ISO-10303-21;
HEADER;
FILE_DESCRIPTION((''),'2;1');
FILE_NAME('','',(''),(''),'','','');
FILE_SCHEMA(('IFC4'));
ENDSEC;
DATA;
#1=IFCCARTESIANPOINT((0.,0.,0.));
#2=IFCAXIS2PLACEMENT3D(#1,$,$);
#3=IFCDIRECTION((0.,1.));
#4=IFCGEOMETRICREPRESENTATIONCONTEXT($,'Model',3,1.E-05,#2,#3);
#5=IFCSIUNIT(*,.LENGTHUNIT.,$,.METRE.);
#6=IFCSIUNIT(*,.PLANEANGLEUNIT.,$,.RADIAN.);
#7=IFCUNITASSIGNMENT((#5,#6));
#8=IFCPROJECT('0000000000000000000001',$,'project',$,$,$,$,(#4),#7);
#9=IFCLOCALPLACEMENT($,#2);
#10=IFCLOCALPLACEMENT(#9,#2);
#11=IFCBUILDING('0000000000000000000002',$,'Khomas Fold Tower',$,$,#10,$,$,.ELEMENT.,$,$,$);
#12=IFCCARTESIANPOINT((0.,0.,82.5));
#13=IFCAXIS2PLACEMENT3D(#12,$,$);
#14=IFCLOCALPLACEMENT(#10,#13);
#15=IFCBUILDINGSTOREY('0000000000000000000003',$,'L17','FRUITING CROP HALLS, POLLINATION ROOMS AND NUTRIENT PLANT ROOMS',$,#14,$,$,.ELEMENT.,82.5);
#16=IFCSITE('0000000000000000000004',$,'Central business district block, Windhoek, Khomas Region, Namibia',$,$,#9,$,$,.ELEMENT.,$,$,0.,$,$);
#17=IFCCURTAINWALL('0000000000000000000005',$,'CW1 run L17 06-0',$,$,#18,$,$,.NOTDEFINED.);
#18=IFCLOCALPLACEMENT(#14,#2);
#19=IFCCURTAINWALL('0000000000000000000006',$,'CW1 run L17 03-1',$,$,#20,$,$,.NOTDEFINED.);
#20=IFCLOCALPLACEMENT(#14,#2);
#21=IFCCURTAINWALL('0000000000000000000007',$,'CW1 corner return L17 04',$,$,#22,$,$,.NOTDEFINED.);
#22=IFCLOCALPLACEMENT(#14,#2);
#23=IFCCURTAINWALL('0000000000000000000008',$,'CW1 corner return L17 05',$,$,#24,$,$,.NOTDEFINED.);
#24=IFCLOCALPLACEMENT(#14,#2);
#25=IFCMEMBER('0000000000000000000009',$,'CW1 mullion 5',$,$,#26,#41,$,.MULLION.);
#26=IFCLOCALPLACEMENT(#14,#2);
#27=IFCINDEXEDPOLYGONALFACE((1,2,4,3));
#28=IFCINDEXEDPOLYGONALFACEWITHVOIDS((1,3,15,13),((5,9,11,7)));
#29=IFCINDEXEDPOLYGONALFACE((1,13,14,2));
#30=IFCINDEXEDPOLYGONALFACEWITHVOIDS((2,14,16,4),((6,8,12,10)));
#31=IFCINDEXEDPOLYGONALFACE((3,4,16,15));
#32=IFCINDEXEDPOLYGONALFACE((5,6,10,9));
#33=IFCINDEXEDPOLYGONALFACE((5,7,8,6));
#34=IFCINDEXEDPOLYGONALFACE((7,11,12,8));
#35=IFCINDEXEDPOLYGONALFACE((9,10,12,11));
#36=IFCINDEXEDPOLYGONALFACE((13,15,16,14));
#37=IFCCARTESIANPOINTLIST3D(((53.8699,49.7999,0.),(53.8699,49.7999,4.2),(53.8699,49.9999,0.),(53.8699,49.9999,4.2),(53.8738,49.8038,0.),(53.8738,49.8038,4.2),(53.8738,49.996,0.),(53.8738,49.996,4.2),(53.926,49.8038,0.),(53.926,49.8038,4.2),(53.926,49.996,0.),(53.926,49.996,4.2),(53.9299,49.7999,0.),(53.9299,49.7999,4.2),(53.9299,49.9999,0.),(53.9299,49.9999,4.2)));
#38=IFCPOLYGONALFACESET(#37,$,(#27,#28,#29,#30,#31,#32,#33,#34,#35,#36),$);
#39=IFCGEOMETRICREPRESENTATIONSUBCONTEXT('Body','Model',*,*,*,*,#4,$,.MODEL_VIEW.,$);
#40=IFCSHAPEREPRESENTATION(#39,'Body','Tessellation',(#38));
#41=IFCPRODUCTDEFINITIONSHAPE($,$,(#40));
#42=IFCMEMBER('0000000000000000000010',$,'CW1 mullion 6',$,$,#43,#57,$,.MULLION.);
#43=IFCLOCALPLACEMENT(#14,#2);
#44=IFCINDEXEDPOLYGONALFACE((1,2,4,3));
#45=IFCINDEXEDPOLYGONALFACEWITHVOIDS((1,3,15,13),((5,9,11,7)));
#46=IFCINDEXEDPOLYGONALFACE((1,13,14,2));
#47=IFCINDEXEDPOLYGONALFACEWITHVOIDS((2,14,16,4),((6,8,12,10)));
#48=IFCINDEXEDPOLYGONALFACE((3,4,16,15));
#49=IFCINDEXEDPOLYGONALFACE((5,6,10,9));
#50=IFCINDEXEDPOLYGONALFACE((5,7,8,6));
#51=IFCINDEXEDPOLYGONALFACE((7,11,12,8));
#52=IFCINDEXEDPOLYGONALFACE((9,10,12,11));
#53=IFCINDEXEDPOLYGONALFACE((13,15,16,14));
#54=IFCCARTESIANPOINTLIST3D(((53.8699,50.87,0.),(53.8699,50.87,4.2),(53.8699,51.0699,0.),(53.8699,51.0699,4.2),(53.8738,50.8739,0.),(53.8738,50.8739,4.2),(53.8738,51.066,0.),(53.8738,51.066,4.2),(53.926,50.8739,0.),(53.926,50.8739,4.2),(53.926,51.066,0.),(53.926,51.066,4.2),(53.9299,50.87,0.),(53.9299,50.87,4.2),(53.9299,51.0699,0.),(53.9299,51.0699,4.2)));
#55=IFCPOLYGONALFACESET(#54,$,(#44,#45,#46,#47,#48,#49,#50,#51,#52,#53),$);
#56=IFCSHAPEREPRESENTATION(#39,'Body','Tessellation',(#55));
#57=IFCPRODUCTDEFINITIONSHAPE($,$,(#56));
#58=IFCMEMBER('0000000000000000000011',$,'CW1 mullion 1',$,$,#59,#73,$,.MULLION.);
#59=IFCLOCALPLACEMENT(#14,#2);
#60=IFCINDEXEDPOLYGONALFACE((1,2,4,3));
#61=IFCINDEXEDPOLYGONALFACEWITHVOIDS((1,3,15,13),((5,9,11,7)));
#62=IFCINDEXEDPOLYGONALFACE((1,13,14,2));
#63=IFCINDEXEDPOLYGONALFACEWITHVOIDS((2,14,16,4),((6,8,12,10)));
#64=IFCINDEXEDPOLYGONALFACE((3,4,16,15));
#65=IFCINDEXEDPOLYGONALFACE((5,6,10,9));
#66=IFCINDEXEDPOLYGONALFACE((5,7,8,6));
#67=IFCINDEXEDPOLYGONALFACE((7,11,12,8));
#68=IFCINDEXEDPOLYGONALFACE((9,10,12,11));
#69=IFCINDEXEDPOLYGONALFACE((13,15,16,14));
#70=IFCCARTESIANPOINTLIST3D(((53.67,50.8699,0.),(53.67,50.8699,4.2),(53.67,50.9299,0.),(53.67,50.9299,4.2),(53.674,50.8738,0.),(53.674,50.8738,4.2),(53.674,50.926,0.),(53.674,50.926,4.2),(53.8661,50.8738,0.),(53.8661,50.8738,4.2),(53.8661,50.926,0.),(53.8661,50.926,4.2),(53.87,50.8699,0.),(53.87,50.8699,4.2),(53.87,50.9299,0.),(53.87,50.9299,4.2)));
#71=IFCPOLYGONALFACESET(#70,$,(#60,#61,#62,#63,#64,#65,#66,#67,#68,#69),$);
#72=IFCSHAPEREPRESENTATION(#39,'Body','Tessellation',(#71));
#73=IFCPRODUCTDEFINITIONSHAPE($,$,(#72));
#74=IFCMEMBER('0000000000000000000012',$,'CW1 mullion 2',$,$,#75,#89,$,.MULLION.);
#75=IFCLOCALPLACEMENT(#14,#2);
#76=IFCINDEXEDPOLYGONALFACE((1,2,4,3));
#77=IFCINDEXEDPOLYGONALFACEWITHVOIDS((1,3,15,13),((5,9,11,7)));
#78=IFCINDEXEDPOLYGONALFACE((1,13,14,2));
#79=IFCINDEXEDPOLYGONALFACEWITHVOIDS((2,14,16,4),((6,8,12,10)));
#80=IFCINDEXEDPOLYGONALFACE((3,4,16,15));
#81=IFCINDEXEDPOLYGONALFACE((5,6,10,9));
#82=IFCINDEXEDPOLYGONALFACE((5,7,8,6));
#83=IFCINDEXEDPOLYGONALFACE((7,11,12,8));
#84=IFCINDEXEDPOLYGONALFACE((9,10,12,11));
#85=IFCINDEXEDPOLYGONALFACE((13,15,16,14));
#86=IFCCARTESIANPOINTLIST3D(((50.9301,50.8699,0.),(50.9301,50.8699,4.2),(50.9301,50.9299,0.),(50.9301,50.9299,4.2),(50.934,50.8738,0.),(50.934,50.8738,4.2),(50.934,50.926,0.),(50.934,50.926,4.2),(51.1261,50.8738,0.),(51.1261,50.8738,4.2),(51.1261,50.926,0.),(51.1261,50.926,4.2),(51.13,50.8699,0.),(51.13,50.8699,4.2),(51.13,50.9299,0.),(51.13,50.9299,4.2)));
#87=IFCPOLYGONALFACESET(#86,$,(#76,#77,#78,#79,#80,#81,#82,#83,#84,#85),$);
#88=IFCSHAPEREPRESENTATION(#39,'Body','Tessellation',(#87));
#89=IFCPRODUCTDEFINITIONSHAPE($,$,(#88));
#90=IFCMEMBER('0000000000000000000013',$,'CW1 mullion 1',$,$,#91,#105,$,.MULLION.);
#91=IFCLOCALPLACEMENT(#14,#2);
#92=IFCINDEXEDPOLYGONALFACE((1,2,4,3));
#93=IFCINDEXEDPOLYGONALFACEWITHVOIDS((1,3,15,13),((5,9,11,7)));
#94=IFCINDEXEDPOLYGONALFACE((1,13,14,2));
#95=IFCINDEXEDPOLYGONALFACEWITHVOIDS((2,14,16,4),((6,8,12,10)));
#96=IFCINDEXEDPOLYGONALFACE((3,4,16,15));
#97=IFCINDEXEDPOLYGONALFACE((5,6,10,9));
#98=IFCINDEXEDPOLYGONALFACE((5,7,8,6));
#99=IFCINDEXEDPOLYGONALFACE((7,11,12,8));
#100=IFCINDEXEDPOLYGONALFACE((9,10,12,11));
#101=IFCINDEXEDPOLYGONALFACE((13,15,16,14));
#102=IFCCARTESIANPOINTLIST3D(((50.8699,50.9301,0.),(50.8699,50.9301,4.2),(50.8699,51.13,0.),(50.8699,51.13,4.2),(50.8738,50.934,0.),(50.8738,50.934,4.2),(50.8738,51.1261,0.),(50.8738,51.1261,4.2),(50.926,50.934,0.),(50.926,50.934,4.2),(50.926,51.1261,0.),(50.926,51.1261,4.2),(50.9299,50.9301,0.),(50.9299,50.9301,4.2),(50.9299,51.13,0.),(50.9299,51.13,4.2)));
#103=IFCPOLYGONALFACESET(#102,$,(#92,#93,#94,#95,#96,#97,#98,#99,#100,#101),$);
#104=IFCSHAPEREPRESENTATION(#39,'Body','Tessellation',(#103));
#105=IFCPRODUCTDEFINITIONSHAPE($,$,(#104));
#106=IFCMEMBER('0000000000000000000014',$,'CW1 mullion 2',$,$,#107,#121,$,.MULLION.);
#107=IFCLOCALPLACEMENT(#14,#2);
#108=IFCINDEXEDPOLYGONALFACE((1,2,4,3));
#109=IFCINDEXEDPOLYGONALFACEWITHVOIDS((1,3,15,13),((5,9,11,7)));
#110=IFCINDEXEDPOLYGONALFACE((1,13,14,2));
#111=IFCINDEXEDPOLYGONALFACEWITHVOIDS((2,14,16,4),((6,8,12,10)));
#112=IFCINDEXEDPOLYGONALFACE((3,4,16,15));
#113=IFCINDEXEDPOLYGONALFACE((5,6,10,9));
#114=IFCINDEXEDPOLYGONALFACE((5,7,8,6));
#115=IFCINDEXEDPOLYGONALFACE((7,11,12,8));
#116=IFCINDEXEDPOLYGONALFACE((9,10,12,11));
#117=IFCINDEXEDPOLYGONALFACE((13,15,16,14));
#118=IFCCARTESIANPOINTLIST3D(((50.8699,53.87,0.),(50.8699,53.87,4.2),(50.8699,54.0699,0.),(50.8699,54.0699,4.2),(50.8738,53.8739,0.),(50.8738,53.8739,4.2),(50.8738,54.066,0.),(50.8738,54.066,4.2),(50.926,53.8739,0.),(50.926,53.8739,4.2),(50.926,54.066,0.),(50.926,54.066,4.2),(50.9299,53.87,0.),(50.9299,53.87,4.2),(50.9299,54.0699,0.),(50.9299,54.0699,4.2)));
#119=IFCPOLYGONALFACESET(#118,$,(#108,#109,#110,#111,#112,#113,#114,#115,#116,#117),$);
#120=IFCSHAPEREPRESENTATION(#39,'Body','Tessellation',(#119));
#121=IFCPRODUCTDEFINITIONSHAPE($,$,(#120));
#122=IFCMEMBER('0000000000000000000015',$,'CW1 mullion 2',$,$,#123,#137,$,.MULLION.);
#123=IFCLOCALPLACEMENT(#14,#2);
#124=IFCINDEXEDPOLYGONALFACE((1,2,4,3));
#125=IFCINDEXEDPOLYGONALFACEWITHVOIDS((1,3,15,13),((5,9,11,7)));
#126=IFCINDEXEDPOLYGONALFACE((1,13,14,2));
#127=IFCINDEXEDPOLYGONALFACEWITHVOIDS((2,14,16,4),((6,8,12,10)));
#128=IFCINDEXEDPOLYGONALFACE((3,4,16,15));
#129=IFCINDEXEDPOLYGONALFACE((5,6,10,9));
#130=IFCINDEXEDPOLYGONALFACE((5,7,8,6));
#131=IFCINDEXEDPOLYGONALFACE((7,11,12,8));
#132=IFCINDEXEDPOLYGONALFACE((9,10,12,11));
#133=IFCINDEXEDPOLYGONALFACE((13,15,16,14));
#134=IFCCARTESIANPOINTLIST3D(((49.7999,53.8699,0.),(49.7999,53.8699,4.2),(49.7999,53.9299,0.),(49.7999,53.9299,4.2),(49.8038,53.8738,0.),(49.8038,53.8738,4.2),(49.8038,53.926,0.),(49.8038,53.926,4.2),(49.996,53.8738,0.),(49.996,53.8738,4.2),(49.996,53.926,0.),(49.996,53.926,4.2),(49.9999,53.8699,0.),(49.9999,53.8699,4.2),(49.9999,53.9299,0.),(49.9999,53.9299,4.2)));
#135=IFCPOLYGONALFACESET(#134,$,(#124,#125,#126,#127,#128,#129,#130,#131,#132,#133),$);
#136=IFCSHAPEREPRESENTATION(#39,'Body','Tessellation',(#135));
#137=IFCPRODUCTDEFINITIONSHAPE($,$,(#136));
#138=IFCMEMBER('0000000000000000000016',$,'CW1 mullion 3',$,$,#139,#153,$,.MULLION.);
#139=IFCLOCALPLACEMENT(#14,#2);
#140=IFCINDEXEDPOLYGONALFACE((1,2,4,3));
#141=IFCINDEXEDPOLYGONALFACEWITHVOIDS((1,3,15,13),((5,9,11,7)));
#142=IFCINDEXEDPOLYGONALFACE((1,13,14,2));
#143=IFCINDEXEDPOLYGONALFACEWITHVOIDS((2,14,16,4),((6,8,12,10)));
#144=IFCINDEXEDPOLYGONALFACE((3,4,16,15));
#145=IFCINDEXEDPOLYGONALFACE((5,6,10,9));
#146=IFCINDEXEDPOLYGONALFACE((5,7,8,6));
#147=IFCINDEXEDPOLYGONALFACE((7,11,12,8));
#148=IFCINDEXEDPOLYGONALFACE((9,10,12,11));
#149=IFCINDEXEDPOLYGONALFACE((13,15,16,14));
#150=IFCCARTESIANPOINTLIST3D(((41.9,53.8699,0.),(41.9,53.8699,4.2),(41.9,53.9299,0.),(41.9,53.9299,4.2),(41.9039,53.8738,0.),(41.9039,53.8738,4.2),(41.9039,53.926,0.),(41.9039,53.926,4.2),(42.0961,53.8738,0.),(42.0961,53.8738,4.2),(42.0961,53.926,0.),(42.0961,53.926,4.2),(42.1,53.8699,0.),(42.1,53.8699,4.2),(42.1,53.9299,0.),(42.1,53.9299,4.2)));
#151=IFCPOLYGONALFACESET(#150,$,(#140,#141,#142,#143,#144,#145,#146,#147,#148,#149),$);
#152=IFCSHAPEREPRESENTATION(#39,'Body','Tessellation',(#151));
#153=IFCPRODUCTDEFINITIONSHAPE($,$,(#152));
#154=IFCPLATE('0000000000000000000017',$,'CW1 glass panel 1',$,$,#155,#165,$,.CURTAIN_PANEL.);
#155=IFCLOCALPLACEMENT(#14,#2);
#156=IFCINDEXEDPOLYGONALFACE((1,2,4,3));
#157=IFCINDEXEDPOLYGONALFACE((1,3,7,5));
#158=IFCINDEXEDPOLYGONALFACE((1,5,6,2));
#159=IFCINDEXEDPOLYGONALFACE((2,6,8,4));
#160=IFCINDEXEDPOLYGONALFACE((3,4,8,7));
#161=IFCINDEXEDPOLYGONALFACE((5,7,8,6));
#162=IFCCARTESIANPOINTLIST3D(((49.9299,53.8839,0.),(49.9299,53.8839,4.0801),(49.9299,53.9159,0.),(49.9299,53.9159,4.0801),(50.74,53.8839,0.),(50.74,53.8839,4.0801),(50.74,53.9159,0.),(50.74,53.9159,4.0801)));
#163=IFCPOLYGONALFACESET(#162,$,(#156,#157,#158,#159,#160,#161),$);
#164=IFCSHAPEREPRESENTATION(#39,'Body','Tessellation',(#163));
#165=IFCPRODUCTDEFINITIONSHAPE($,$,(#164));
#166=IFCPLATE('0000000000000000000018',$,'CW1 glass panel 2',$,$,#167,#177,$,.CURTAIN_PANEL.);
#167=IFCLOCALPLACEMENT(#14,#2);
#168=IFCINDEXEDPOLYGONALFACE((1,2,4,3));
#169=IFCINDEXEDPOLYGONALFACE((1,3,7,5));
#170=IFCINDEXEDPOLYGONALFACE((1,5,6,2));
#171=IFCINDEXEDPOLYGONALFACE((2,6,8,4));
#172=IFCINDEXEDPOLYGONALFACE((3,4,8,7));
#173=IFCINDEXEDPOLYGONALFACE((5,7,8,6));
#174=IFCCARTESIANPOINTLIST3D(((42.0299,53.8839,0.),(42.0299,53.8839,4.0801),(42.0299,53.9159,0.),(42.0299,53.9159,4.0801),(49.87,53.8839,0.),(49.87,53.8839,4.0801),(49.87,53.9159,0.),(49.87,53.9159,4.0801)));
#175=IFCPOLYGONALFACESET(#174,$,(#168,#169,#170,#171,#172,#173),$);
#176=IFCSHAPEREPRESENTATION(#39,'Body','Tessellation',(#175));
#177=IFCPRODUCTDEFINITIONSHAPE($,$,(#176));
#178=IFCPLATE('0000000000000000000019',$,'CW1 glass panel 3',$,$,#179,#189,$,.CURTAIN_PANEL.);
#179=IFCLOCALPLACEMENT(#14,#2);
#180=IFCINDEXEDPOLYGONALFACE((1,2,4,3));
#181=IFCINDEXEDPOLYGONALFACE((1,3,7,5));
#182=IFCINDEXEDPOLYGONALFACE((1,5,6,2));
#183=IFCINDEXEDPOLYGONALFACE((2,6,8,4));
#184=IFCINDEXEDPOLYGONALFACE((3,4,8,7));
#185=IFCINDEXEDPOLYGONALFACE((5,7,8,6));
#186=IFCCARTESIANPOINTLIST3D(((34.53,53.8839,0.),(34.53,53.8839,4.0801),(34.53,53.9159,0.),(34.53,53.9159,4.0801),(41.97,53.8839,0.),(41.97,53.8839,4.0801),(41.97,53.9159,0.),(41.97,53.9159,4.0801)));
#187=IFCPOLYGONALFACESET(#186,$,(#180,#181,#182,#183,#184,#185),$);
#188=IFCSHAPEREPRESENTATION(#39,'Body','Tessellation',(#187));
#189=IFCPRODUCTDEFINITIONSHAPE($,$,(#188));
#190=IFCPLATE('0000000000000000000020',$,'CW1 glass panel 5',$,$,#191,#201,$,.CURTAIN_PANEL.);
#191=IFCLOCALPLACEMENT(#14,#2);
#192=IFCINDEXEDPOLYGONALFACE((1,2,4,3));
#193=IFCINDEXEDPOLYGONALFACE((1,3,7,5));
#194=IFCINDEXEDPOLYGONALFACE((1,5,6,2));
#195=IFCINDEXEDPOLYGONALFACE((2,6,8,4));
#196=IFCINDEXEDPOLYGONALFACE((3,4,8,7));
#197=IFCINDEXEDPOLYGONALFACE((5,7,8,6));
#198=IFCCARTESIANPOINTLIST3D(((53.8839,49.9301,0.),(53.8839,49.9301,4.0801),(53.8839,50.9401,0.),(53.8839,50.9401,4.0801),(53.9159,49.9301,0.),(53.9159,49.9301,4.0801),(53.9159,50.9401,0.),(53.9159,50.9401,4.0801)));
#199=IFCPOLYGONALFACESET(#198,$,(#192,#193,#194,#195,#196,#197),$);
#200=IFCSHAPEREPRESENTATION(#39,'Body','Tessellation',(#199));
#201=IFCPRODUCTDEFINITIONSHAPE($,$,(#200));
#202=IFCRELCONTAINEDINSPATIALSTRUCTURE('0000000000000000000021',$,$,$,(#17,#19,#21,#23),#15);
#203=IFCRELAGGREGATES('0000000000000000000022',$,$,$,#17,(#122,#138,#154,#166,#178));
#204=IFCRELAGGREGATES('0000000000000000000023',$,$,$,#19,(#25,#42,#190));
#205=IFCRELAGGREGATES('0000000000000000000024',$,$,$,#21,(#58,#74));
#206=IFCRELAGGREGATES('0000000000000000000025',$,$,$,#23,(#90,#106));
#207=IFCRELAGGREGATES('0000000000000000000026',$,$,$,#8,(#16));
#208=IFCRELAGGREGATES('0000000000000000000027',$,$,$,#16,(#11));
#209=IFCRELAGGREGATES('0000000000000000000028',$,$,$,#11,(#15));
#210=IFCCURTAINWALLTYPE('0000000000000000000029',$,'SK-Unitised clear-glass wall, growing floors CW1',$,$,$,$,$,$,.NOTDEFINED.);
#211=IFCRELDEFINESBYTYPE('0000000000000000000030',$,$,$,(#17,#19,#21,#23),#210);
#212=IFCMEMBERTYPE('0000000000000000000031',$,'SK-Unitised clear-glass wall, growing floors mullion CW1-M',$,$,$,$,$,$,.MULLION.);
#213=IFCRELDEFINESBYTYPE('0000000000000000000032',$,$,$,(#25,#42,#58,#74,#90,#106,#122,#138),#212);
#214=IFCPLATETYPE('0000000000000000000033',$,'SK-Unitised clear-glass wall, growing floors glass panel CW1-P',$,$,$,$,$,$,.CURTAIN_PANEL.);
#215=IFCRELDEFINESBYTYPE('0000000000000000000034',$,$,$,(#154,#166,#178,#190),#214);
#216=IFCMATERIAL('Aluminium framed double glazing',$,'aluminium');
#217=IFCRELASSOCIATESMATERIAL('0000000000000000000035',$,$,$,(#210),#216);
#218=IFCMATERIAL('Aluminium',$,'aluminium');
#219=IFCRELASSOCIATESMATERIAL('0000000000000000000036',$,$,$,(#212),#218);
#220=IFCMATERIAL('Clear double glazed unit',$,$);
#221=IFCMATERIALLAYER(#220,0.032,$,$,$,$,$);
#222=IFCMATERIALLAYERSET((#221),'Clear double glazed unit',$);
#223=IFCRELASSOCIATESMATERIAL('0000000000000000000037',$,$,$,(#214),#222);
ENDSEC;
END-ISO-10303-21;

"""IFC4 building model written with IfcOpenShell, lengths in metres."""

from ifc_helpers import new_model, si_unit, direction, frame, origin, origin_2d, place, context, subcontext, project, spatial, rectangle, hollow_rectangle, extrude, source, transform, mapped, material, layer, layer_set, material_profile, profile_set, type_object, element, aggregate, save


model = new_model("IFC4")

# Units and contexts
model_context = context("Model", 3, precision=1e-05, world=origin(), true_north=direction((0.0, 1.0)))
body_context = subcontext(model_context, "Body", "Model", "MODEL_VIEW")
ifc_project = project(units=[si_unit("LENGTHUNIT", "METRE"), si_unit("PLANEANGLEUNIT", "RADIAN")], contexts=[model_context])

# Site, building, storey
site_placement = place(None, origin())
site = spatial("IfcSite", under=ifc_project, at=site_placement, Name="Central business district block, Windhoek, Khomas Region, Namibia", CompositionType="ELEMENT", RefElevation=0.0)
building_placement = place(site_placement, origin())
building = spatial("IfcBuilding", under=site, at=building_placement, Name="Khomas Fold Tower", CompositionType="ELEMENT")
storey_placement = place(building_placement, frame((0.0, 0.0, 82.5)))
storey = spatial("IfcBuildingStorey", under=building, at=storey_placement, Name="L17", Description="FRUITING CROP HALLS, POLLINATION ROOMS AND NUTRIENT PLANT ROOMS", CompositionType="ELEMENT", Elevation=82.5)

# Curtain wall
ifc_material_1 = material(Name="Aluminium framed double glazing", Category="aluminium")
curtain_wall_type = type_object("IfcCurtainWallType", Name="SK-Unitised clear-glass wall, growing floors CW1", PredefinedType="NOTDEFINED", material=ifc_material_1)
curtain_wall_1_placement = place(storey_placement, origin())
curtain_wall_1 = element("IfcCurtainWall", 1, at=curtain_wall_1_placement, inside=storey, type_object=curtain_wall_type, Name="CW1 run L17 06-0", PredefinedType="NOTDEFINED")

# Curtain walls
curtain_wall_2_placement = place(storey_placement, origin())
curtain_wall_2 = element("IfcCurtainWall", 2, at=curtain_wall_2_placement, inside=storey, type_object=curtain_wall_type, Name="CW1 run L17 03-1", PredefinedType="NOTDEFINED")
curtain_wall_3_placement = place(storey_placement, origin())
curtain_wall_3 = element("IfcCurtainWall", 3, at=curtain_wall_3_placement, inside=storey, type_object=curtain_wall_type, Name="CW1 corner return L17 04", PredefinedType="NOTDEFINED")
curtain_wall_4_placement = place(storey_placement, origin())
curtain_wall_4 = element("IfcCurtainWall", 4, at=curtain_wall_4_placement, inside=storey, type_object=curtain_wall_type, Name="CW1 corner return L17 05", PredefinedType="NOTDEFINED")

# Members
ifc_material_2 = material(Name="Aluminium", Category="aluminium")
ifc_material_profile_1 = material_profile(ifc_material_2, hollow_rectangle(XDim=0.0601, YDim=0.2, WallThickness=0.0039, at=origin_2d()), Name="SK-Unitised clear-glass wall, growing floors mullion CW1-M")
ifc_profile_set_1 = profile_set([ifc_material_profile_1], Name="Aluminium")
member_type_1 = type_object("IfcMemberType", Name="SK-Unitised clear-glass wall, growing floors mullion CW1-M", PredefinedType="MULLION", material=ifc_profile_set_1)
shared_shape_1 = source(origin(), body_context, "Body", "SweptSolid", [
    extrude(hollow_rectangle(XDim=0.0601, YDim=0.2, WallThickness=0.0039, at=origin_2d()), origin(), (0.0, 0.0, 1.0), 4.2),
])
member_1_placement = place(storey_placement, frame((53.8999, 49.8999, 0.0), z_axis=(0.0, 0.0, 1.0), x_axis=(-1.0, 0.0, 0.0)))
member_1 = element("IfcMember", 5, at=member_1_placement, type_object=member_type_1, Name="CW1 mullion 5", PredefinedType="MULLION", context=body_context, shape_type="MappedRepresentation", body=[
    mapped(shared_shape_1, transform((0.0, 0.0, 0.0))),
])
member_2_placement = place(storey_placement, frame((53.8999, 50.97, 0.0), z_axis=(0.0, 0.0, 1.0), x_axis=(-1.0, 0.0, 0.0)))
member_2 = element("IfcMember", 6, at=member_2_placement, type_object=member_type_1, Name="CW1 mullion 6", PredefinedType="MULLION", context=body_context, shape_type="MappedRepresentation", body=[
    mapped(shared_shape_1, transform((0.0, 0.0, 0.0))),
])
member_3_placement = place(storey_placement, frame((53.77, 50.8999, 0.0), z_axis=(0.0, 0.0, 1.0), x_axis=(0.0, -1.0, 0.0)))
member_3 = element("IfcMember", 7, at=member_3_placement, type_object=member_type_1, Name="CW1 mullion 1", PredefinedType="MULLION", context=body_context, shape_type="MappedRepresentation", body=[
    mapped(shared_shape_1, transform((0.0, 0.0, 0.0))),
])
member_4_placement = place(storey_placement, frame((51.03, 50.8999, 0.0), z_axis=(0.0, 0.0, 1.0), x_axis=(0.0, -1.0, 0.0)))
member_4 = element("IfcMember", 8, at=member_4_placement, type_object=member_type_1, Name="CW1 mullion 2", PredefinedType="MULLION", context=body_context, shape_type="MappedRepresentation", body=[
    mapped(shared_shape_1, transform((0.0, 0.0, 0.0))),
])
member_5_placement = place(storey_placement, frame((50.8999, 51.03, 0.0), z_axis=(0.0, 0.0, 1.0), x_axis=(-1.0, 0.0, 0.0)))
member_5 = element("IfcMember", 9, at=member_5_placement, type_object=member_type_1, Name="CW1 mullion 1", PredefinedType="MULLION", context=body_context, shape_type="MappedRepresentation", body=[
    mapped(shared_shape_1, transform((0.0, 0.0, 0.0))),
])
member_6_placement = place(storey_placement, frame((50.8999, 53.97, 0.0), z_axis=(0.0, 0.0, 1.0), x_axis=(-1.0, 0.0, 0.0)))
member_6 = element("IfcMember", 10, at=member_6_placement, type_object=member_type_1, Name="CW1 mullion 2", PredefinedType="MULLION", context=body_context, shape_type="MappedRepresentation", body=[
    mapped(shared_shape_1, transform((0.0, 0.0, 0.0))),
])
member_7_placement = place(storey_placement, frame((49.8999, 53.8999, 0.0), z_axis=(0.0, 0.0, 1.0), x_axis=(0.0, -1.0, 0.0)))
member_7 = element("IfcMember", 11, at=member_7_placement, type_object=member_type_1, Name="CW1 mullion 2", PredefinedType="MULLION", context=body_context, shape_type="MappedRepresentation", body=[
    mapped(shared_shape_1, transform((0.0, 0.0, 0.0))),
])
member_8_placement = place(storey_placement, frame((42.0, 53.8999, 0.0), z_axis=(0.0, 0.0, 1.0), x_axis=(0.0, -1.0, 0.0)))
member_8 = element("IfcMember", 12, at=member_8_placement, type_object=member_type_1, Name="CW1 mullion 3", PredefinedType="MULLION", context=body_context, shape_type="MappedRepresentation", body=[
    mapped(shared_shape_1, transform((0.0, 0.0, 0.0))),
])

# Plates
ifc_material_3 = material(Name="Clear double glazed unit")
ifc_layer = layer(ifc_material_3, 0.032)
ifc_layer_set = layer_set([ifc_layer], Name="Clear double glazed unit")
plate_type = type_object("IfcPlateType", Name="SK-Unitised clear-glass wall, growing floors glass panel CW1-P", PredefinedType="CURTAIN_PANEL", material=ifc_layer_set)
shared_shape_2 = source(origin(), body_context, "Body", "SweptSolid", [
    extrude(rectangle(XDim=0.8101, YDim=0.032, at=origin_2d()), origin(), (0.0, 0.0, 1.0), 4.0801),
])
plate_1_placement = place(storey_placement, frame((50.335, 53.8999, 0.0), z_axis=(0.0, 0.0, 1.0), x_axis=(-1.0, 0.0, 0.0)))
plate_1 = element("IfcPlate", 13, at=plate_1_placement, type_object=plate_type, Name="CW1 glass panel 1", PredefinedType="CURTAIN_PANEL", context=body_context, shape_type="MappedRepresentation", body=[
    mapped(shared_shape_2, transform((0.0, 0.0, 0.0))),
])
shared_shape_3 = source(origin(), body_context, "Body", "SweptSolid", [
    extrude(rectangle(XDim=7.8401, YDim=0.032, at=origin_2d()), origin(), (0.0, 0.0, 1.0), 4.0801),
])
plate_2_placement = place(storey_placement, frame((45.95, 53.8999, 0.0), z_axis=(0.0, 0.0, 1.0), x_axis=(-1.0, 0.0, 0.0)))
plate_2 = element("IfcPlate", 14, at=plate_2_placement, type_object=plate_type, Name="CW1 glass panel 2", PredefinedType="CURTAIN_PANEL", context=body_context, shape_type="MappedRepresentation", body=[
    mapped(shared_shape_3, transform((0.0, 0.0, 0.0))),
])
shared_shape_4 = source(origin(), body_context, "Body", "SweptSolid", [
    extrude(rectangle(XDim=7.4399, YDim=0.032, at=origin_2d()), origin(), (0.0, 0.0, 1.0), 4.0801),
])
plate_3_placement = place(storey_placement, frame((38.25, 53.8999, 0.0), z_axis=(0.0, 0.0, 1.0), x_axis=(-1.0, 0.0, 0.0)))
plate_3 = element("IfcPlate", 15, at=plate_3_placement, type_object=plate_type, Name="CW1 glass panel 3", PredefinedType="CURTAIN_PANEL", context=body_context, shape_type="MappedRepresentation", body=[
    mapped(shared_shape_4, transform((0.0, 0.0, 0.0))),
])
aggregate(curtain_wall_1, [member_7, member_8, plate_1, plate_2, plate_3])
shared_shape_5 = source(origin(), body_context, "Body", "SweptSolid", [
    extrude(rectangle(XDim=1.01, YDim=0.032, at=origin_2d()), origin(), (0.0, 0.0, 1.0), 4.0801),
])
plate_4_placement = place(storey_placement, frame((53.8999, 50.4351, 0.0), z_axis=(0.0, 0.0, 1.0), x_axis=(0.0, 1.0, 0.0)))
plate_4 = element("IfcPlate", 16, at=plate_4_placement, type_object=plate_type, Name="CW1 glass panel 5", PredefinedType="CURTAIN_PANEL", context=body_context, shape_type="MappedRepresentation", body=[
    mapped(shared_shape_5, transform((0.0, 0.0, 0.0))),
])
aggregate(curtain_wall_2, [member_1, member_2, plate_4])
aggregate(curtain_wall_3, [member_3, member_4])
aggregate(curtain_wall_4, [member_5, member_6])

save(model, "model.ifc")
